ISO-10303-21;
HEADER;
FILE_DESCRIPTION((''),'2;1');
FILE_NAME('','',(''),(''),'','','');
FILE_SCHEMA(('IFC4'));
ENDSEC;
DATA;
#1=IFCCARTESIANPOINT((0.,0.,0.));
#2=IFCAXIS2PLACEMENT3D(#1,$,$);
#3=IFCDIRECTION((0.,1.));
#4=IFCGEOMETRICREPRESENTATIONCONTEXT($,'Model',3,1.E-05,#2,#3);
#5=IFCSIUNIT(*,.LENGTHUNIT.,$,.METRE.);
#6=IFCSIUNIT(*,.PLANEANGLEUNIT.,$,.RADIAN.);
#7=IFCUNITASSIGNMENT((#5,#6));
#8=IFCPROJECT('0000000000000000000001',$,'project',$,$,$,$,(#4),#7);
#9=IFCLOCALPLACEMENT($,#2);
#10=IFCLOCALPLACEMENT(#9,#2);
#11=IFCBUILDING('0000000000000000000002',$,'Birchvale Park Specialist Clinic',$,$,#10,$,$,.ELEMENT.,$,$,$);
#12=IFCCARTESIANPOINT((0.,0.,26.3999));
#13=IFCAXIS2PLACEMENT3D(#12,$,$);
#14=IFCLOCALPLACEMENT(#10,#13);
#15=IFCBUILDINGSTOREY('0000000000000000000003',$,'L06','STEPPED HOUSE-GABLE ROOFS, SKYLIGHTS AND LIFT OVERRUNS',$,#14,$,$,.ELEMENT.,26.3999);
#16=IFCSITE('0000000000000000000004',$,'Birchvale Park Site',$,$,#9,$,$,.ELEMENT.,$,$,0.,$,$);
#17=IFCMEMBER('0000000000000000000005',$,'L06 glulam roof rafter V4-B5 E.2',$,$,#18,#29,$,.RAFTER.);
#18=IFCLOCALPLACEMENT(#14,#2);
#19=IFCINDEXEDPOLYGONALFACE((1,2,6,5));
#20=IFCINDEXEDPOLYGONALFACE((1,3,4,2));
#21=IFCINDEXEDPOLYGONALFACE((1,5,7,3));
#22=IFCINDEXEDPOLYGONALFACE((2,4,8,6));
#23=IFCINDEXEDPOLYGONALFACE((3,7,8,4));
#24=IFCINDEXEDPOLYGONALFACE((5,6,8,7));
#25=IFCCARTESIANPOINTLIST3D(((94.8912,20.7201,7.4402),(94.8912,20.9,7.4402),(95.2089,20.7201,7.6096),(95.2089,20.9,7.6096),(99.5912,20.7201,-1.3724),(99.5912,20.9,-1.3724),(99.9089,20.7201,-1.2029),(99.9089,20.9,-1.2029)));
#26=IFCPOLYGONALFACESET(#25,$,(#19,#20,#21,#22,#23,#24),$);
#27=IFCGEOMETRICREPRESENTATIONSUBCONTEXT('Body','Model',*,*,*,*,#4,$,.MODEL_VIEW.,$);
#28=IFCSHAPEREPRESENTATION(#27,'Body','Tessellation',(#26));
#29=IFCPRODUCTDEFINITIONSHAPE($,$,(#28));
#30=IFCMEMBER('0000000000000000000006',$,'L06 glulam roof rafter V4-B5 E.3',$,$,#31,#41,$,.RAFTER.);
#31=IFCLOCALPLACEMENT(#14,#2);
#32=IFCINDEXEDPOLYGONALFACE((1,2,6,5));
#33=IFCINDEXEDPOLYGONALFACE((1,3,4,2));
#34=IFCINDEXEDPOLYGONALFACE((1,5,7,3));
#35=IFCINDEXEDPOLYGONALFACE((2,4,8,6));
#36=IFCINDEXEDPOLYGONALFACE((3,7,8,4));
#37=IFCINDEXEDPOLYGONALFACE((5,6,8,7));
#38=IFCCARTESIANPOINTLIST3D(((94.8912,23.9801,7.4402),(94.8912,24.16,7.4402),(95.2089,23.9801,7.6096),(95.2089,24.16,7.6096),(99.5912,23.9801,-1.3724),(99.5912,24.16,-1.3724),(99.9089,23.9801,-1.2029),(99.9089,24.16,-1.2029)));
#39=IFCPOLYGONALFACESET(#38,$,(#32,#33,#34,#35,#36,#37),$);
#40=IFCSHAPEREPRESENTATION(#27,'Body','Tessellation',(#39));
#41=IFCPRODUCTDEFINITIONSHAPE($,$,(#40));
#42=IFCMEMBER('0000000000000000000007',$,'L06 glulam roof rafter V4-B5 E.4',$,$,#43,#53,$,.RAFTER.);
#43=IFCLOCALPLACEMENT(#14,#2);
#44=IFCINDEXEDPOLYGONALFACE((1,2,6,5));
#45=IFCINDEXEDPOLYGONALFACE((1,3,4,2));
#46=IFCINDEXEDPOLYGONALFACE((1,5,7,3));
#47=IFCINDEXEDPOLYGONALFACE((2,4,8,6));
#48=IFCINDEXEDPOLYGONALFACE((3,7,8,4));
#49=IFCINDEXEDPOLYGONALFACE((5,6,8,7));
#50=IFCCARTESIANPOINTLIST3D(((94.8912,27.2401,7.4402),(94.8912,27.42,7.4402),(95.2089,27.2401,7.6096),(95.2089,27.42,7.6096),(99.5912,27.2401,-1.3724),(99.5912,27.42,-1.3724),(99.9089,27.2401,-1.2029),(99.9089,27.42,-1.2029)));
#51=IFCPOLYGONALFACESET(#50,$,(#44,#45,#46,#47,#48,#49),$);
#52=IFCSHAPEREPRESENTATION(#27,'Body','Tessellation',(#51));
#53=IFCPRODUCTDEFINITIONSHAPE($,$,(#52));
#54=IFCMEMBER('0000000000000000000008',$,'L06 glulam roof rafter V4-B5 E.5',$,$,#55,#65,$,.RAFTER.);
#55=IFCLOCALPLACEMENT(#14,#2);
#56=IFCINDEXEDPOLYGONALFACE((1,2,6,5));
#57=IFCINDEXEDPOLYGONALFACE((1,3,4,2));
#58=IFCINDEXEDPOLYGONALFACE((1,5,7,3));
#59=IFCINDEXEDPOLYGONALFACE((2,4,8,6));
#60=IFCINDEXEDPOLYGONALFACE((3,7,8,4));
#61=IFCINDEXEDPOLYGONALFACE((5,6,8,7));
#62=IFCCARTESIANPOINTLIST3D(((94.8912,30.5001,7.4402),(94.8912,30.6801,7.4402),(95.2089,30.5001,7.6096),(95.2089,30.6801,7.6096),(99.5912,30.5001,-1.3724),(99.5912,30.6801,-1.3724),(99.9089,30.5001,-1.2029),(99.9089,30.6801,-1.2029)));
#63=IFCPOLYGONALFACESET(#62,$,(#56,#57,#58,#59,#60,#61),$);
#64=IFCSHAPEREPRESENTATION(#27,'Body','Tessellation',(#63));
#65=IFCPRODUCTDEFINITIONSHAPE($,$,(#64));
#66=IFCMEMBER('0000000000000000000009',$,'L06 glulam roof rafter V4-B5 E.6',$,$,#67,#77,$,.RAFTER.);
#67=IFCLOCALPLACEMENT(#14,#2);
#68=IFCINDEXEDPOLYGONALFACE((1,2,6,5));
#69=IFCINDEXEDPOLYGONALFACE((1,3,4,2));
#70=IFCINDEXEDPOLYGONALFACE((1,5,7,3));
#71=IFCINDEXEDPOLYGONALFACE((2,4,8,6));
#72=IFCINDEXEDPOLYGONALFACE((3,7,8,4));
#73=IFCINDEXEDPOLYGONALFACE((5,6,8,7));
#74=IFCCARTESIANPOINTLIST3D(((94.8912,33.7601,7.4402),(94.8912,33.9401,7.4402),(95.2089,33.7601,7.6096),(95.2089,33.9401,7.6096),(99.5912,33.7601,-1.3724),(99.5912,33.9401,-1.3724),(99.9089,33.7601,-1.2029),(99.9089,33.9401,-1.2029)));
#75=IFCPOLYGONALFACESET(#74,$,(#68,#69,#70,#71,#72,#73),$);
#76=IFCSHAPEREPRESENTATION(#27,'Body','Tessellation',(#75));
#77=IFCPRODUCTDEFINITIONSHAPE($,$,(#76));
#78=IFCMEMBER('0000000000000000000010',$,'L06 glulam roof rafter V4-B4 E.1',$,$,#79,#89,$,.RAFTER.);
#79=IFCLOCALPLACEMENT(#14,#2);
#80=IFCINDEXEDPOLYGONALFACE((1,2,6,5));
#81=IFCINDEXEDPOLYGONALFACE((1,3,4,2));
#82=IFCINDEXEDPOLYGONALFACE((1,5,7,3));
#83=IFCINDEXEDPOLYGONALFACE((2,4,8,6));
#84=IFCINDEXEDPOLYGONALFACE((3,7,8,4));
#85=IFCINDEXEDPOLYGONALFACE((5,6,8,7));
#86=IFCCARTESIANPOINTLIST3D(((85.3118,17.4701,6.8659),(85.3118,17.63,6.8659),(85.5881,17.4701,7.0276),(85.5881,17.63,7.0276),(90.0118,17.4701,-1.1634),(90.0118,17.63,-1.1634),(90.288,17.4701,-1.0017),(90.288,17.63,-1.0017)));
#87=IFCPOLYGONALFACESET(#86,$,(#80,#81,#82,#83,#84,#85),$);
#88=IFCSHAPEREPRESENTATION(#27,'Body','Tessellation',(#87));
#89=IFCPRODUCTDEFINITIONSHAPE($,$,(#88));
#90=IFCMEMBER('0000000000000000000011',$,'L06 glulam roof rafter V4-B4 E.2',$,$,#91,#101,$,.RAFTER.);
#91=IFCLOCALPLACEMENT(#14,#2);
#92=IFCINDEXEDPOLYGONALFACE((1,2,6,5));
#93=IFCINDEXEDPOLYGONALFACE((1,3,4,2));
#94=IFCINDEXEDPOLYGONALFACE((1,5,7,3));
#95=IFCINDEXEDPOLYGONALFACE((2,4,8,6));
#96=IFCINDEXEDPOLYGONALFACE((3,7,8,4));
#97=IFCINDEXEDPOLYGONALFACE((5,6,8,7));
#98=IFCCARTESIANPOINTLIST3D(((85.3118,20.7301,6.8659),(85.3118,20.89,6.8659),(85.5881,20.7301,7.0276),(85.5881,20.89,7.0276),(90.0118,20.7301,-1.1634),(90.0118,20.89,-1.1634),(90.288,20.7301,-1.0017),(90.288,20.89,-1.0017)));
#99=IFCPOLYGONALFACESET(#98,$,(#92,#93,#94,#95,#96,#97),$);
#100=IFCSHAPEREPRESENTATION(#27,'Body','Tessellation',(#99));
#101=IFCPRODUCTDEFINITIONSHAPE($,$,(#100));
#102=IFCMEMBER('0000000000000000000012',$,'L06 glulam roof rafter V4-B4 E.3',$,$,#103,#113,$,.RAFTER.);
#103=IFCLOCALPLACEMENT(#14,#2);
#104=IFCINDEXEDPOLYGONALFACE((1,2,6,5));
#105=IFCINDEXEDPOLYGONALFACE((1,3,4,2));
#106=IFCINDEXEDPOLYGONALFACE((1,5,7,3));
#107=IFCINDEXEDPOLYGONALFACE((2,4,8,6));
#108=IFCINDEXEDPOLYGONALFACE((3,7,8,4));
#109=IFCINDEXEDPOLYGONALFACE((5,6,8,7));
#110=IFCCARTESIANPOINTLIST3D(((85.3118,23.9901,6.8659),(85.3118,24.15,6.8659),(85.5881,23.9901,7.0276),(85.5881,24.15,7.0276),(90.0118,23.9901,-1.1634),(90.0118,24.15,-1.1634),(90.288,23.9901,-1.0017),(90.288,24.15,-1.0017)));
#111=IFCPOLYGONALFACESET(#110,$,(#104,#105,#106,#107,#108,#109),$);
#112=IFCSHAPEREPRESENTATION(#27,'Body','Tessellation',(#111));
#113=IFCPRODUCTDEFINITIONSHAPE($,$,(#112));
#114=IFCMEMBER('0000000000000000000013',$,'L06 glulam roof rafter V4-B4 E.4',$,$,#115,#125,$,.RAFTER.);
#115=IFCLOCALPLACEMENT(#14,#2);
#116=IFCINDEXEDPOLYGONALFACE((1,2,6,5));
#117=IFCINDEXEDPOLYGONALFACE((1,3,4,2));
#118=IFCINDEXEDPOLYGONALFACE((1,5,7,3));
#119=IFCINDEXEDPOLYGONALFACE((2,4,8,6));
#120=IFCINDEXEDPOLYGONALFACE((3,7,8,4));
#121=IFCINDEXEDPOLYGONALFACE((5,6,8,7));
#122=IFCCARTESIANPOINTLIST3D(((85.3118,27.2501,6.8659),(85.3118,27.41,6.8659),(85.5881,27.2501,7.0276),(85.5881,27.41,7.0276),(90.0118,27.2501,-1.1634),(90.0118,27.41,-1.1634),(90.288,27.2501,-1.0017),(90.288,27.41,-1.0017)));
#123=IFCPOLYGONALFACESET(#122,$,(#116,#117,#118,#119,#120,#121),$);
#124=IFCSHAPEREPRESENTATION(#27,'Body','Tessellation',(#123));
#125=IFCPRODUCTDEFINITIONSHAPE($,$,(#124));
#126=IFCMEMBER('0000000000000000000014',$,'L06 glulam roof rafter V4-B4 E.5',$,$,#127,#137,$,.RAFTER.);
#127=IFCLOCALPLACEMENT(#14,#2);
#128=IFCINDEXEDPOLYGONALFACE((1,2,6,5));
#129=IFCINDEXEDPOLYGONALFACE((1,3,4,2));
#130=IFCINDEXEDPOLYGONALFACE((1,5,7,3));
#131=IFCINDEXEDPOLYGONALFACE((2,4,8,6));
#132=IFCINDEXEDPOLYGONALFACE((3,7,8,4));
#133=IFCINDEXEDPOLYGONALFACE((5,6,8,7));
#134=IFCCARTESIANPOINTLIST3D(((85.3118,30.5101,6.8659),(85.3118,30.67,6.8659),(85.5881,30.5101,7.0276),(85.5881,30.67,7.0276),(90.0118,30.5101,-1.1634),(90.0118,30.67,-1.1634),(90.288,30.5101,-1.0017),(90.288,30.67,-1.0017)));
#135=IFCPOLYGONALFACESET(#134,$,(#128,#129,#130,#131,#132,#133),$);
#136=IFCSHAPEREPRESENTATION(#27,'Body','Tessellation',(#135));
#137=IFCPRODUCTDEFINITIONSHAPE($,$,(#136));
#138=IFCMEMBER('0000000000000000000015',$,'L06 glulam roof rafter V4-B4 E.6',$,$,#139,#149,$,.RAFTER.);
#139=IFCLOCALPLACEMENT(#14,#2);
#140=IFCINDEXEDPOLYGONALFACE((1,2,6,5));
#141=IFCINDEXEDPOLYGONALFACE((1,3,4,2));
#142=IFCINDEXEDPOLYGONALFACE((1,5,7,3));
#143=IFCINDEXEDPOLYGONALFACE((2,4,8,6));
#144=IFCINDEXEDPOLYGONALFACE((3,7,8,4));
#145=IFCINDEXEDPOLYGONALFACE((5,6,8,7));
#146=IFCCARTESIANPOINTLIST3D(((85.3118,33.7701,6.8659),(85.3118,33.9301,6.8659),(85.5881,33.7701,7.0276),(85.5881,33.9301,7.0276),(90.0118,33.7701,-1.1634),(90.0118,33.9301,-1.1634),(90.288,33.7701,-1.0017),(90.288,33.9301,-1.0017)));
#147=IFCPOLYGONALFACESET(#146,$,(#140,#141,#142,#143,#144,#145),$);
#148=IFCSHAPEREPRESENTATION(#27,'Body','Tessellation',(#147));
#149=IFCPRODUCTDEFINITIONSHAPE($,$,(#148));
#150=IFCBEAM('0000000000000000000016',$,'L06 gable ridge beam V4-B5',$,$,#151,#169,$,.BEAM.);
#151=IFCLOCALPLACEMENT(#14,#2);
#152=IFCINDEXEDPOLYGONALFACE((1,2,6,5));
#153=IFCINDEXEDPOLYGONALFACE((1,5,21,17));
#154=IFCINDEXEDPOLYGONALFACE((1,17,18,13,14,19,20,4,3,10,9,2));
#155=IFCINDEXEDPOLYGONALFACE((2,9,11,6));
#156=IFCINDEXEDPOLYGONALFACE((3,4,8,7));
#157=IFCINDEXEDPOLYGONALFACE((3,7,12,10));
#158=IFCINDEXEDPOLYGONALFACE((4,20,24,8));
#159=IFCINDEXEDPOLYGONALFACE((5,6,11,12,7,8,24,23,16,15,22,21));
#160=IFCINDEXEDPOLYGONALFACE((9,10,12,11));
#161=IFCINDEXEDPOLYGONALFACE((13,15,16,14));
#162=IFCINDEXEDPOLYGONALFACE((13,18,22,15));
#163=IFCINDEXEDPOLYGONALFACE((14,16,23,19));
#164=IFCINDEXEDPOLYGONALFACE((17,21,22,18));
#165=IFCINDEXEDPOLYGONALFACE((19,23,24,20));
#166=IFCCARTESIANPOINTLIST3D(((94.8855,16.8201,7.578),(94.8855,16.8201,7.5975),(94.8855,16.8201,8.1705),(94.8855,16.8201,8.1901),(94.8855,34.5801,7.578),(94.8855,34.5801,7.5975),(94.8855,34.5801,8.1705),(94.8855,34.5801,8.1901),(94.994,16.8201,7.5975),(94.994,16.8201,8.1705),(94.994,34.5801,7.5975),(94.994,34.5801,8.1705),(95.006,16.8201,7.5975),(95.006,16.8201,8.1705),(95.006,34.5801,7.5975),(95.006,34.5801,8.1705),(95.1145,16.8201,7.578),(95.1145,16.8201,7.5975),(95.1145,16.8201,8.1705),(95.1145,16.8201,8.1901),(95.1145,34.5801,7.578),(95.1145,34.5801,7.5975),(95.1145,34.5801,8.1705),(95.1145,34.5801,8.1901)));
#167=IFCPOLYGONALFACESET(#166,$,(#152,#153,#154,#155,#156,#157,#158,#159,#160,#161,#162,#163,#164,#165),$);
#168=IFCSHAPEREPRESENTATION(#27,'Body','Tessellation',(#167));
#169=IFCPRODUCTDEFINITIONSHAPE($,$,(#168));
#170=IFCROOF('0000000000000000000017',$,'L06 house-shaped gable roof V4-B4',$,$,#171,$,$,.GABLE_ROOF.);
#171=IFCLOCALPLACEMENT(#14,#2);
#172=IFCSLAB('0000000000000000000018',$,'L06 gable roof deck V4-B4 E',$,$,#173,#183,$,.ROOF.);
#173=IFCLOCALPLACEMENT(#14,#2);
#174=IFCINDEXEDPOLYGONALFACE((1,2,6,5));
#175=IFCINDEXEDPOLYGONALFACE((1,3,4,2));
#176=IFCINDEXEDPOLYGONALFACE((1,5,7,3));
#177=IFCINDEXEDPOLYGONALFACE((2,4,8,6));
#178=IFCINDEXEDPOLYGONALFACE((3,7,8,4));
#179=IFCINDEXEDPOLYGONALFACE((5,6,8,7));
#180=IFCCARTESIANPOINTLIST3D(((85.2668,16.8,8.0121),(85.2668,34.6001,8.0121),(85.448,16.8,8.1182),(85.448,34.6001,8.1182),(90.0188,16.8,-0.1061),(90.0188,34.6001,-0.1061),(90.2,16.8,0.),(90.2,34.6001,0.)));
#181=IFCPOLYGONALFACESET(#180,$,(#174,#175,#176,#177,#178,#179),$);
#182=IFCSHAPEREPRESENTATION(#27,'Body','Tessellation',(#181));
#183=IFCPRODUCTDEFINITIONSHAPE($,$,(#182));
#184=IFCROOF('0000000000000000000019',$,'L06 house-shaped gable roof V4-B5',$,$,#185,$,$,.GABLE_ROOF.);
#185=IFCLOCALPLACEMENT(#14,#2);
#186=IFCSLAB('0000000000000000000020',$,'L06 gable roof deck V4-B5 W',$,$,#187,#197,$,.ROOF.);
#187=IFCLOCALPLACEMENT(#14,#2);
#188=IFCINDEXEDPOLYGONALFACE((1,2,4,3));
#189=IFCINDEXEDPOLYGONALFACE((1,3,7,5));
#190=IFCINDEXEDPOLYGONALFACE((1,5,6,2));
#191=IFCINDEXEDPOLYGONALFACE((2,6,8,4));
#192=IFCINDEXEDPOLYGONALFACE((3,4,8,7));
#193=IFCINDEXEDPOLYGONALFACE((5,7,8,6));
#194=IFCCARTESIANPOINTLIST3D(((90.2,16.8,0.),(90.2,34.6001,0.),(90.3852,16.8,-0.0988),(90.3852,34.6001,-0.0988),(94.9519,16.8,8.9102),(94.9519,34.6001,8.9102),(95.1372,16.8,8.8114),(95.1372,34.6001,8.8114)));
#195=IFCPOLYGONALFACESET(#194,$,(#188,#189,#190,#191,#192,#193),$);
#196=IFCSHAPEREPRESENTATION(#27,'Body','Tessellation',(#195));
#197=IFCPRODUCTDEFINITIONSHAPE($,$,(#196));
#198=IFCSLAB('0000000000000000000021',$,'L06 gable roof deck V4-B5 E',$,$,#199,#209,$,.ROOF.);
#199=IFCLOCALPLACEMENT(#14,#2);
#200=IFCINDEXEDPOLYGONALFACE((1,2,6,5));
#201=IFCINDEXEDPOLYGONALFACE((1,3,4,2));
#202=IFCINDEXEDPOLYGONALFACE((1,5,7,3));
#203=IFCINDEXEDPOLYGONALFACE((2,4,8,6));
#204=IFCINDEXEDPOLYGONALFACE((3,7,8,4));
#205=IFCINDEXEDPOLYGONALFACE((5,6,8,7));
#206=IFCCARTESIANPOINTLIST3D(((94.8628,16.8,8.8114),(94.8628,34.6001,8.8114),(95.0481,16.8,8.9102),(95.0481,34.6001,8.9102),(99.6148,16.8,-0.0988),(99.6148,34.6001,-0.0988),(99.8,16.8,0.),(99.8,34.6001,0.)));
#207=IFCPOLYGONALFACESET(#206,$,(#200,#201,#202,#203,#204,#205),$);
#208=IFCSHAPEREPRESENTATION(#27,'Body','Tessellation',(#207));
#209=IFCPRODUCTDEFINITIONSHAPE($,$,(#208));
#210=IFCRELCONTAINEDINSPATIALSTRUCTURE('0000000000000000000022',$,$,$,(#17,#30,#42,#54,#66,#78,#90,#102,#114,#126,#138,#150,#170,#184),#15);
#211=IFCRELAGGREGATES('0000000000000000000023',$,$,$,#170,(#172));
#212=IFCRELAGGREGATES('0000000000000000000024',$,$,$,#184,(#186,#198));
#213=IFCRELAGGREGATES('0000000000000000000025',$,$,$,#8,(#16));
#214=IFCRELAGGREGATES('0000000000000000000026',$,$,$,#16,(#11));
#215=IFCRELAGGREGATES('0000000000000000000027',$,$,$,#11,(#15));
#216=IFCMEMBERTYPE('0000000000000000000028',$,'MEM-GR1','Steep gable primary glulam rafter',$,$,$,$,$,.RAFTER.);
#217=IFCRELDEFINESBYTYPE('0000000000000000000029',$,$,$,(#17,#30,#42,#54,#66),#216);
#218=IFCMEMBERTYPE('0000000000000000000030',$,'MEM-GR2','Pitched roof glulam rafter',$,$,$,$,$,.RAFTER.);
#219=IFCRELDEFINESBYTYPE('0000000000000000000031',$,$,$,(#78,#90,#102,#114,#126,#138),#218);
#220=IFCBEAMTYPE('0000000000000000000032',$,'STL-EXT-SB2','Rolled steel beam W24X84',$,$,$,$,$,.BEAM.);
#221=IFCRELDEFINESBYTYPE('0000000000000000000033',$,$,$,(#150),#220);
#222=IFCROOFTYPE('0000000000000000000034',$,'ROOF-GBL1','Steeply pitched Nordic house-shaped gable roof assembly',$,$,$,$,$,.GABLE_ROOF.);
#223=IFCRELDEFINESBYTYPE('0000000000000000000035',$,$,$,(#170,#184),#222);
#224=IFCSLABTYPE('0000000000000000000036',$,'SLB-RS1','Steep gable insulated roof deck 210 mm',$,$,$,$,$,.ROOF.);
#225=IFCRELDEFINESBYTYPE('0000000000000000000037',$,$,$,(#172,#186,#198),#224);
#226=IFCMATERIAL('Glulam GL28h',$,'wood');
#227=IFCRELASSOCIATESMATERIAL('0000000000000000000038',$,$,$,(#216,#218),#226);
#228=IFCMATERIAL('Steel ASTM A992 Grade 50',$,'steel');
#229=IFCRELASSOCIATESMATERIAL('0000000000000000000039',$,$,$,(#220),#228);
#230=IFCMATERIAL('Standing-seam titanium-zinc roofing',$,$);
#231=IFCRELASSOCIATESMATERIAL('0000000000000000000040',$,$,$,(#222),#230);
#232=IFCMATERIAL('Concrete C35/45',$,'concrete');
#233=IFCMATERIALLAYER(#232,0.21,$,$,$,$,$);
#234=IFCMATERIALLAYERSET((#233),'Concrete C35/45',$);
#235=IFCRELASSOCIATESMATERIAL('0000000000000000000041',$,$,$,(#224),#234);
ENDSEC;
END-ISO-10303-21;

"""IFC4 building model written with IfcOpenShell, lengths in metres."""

from ifc_helpers import new_model, si_unit, direction, frame, origin, origin_2d, place, context, subcontext, project, spatial, polyline, rectangle, i_section, outline, extrude, material, layer, layer_set, material_profile, profile_set, type_object, element, aggregate, save


model = new_model("IFC4")

# Units and contexts
model_context = context("Model", 3, precision=1e-05, world=origin(), true_north=direction((0.0, 1.0)))
body_context = subcontext(model_context, "Body", "Model", "MODEL_VIEW")
ifc_project = project(units=[si_unit("LENGTHUNIT", "METRE"), si_unit("PLANEANGLEUNIT", "RADIAN")], contexts=[model_context])

# Site, building, storey
site_placement = place(None, origin())
site = spatial("IfcSite", under=ifc_project, at=site_placement, Name="Birchvale Park Site", CompositionType="ELEMENT", RefElevation=0.0)
building_placement = place(site_placement, origin())
building = spatial("IfcBuilding", under=site, at=building_placement, Name="Birchvale Park Specialist Clinic", CompositionType="ELEMENT")
storey_placement = place(building_placement, frame((0.0, 0.0, 26.3999)))
storey = spatial("IfcBuildingStorey", under=building, at=storey_placement, Name="L06", Description="STEPPED HOUSE-GABLE ROOFS, SKYLIGHTS AND LIFT OVERRUNS", CompositionType="ELEMENT", Elevation=26.3999)

# Members
ifc_material_1 = material(Name="Glulam GL28h", Category="wood")
ifc_material_profile_1 = material_profile(ifc_material_1, rectangle(XDim=0.1799, YDim=0.3601, at=origin_2d()), Name="GL-180x360")
ifc_profile_set_1 = profile_set([ifc_material_profile_1], Name="Glulam GL28h")
member_type_1 = type_object("IfcMemberType", Name="MEM-GR1", Description="Steep gable primary glulam rafter", PredefinedType="RAFTER", material=ifc_profile_set_1)
for number, where, z_axis, x_axis, name in (
    (1, (95.05, 20.8101, 7.5249), (0.470584, 0.0, -0.882355), (0.0, 1.0, 0.0), "L06 glulam roof rafter V4-B5 E.2"),
    (2, (95.05, 24.0701, 7.5249), (0.470584, 0.0, -0.882355), (0.0, 1.0, 0.0), "L06 glulam roof rafter V4-B5 E.3"),
    (3, (95.05, 27.3301, 7.5249), (0.470584, 0.0, -0.882355), (0.0, 1.0, 0.0), "L06 glulam roof rafter V4-B5 E.4"),
    (4, (95.05, 30.5901, 7.5249), (0.470584, 0.0, -0.882355), (0.0, 1.0, 0.0), "L06 glulam roof rafter V4-B5 E.5"),
    (5, (95.05, 33.8501, 7.5249), (0.470584, 0.0, -0.882355), (0.0, 1.0, 0.0), "L06 glulam roof rafter V4-B5 E.6"),
):
    element("IfcMember", number, at=place(storey_placement, frame(where, z_axis=z_axis, x_axis=x_axis)), inside=storey, type_object=member_type_1, Name=name, PredefinedType="RAFTER", context=body_context, shape_type="SweptSolid", body=[
        extrude(rectangle(XDim=0.1799, YDim=0.3601, at=origin_2d()), origin(), (0.0, 0.0, 1.0), 9.9875),
    ])
ifc_material_profile_2 = material_profile(ifc_material_1, rectangle(XDim=0.1599, YDim=0.3201, at=origin_2d()), Name="GL-160x320")
ifc_profile_set_2 = profile_set([ifc_material_profile_2], Name="Glulam GL28h")
member_type_2 = type_object("IfcMemberType", Name="MEM-GR2", Description="Pitched roof glulam rafter", PredefinedType="RAFTER", material=ifc_profile_set_2)
for number, where, z_axis, x_axis, name in (
    (6, (85.45, 17.55, 6.9468), (0.505169, 0.0, -0.86302), (0.0, 1.0, 0.0), "L06 glulam roof rafter V4-B4 E.1"),
    (7, (85.45, 20.8101, 6.9468), (0.505169, 0.0, -0.86302), (0.0, 1.0, 0.0), "L06 glulam roof rafter V4-B4 E.2"),
    (8, (85.45, 24.0701, 6.9468), (0.505169, 0.0, -0.86302), (0.0, 1.0, 0.0), "L06 glulam roof rafter V4-B4 E.3"),
    (9, (85.45, 27.3301, 6.9468), (0.505169, 0.0, -0.86302), (0.0, 1.0, 0.0), "L06 glulam roof rafter V4-B4 E.4"),
    (10, (85.45, 30.5901, 6.9468), (0.505169, 0.0, -0.86302), (0.0, 1.0, 0.0), "L06 glulam roof rafter V4-B4 E.5"),
    (11, (85.45, 33.8501, 6.9468), (0.505169, 0.0, -0.86302), (0.0, 1.0, 0.0), "L06 glulam roof rafter V4-B4 E.6"),
):
    element("IfcMember", number, at=place(storey_placement, frame(where, z_axis=z_axis, x_axis=x_axis)), inside=storey, type_object=member_type_2, Name=name, PredefinedType="RAFTER", context=body_context, shape_type="SweptSolid", body=[
        extrude(rectangle(XDim=0.1599, YDim=0.3201, at=origin_2d()), origin(), (0.0, 0.0, 1.0), 9.3037),
    ])

# Beam
ifc_material_2 = material(Name="Steel ASTM A992 Grade 50", Category="steel")
ifc_material_profile_3 = material_profile(ifc_material_2, i_section(OverallWidth=0.229, OverallDepth=0.6121, WebThickness=0.012, FlangeThickness=0.0195, at=origin_2d()), Name="W24X84")
ifc_profile_set_3 = profile_set([ifc_material_profile_3], Name="Steel ASTM A992 Grade 50")
beam_type_1 = type_object("IfcBeamType", Name="STL-EXT-SB2", Description="Rolled steel beam W24X84", PredefinedType="BEAM", material=ifc_profile_set_3)
beam_1_placement = place(storey_placement, frame((95.0, 16.8201, 7.884), z_axis=(0.0, 1.0, 0.0), x_axis=(-1.0, 0.0, 0.0)))
element("IfcBeam", 12, at=beam_1_placement, inside=storey, type_object=beam_type_1, Name="L06 gable ridge beam V4-B5", PredefinedType="BEAM", context=body_context, shape_type="SweptSolid", body=[
    extrude(i_section(OverallWidth=0.229, OverallDepth=0.6121, WebThickness=0.012, FlangeThickness=0.0195, at=origin_2d()), origin(), (0.0, 0.0, 1.0), 17.76),
])

# Roof, slab
ifc_material_3 = material(Name="Standing-seam titanium-zinc roofing")
roof_type = type_object("IfcRoofType", Name="ROOF-GBL1", Description="Steeply pitched Nordic house-shaped gable roof assembly", PredefinedType="GABLE_ROOF", material=ifc_material_3)
roof_1_placement = place(storey_placement, origin())
roof_1 = element("IfcRoof", 13, at=roof_1_placement, inside=storey, type_object=roof_type, Name="L06 house-shaped gable roof V4-B4", PredefinedType="GABLE_ROOF")
ifc_material_4 = material(Name="Concrete C35/45", Category="concrete")
ifc_layer_1 = layer(ifc_material_4, 0.21)
ifc_layer_set_1 = layer_set([ifc_layer_1], Name="Concrete C35/45")
slab_type = type_object("IfcSlabType", Name="SLB-RS1", Description="Steep gable insulated roof deck 210 mm", PredefinedType="ROOF", material=ifc_layer_set_1)
slab_1_placement = place(storey_placement, frame((85.448, 16.8, 8.1182), z_axis=(0.863021, 0.0, 0.505168), x_axis=(0.505168, 0.0, -0.863021)))
slab_1 = element("IfcSlab", 14, at=slab_1_placement, type_object=slab_type, Name="L06 gable roof deck V4-B4 E", PredefinedType="ROOF", context=body_context, shape_type="SweptSolid", body=[
    extrude(outline(polyline([(0.0, 0.0), (9.4067, 0.0), (9.4067, 17.8), (0.0, 17.8), (0.0, 0.0)])), origin(), (0.0, 0.0, -1.0), 0.21),
])
aggregate(roof_1, [slab_1])

# Roof, slabs
roof_2_placement = place(storey_placement, origin())
roof_2 = element("IfcRoof", 15, at=roof_2_placement, inside=storey, type_object=roof_type, Name="L06 house-shaped gable roof V4-B5", PredefinedType="GABLE_ROOF")
slab_2_placement = place(storey_placement, frame((90.2, 16.8, 0.0), z_axis=(-0.882358, 0.0, 0.470578), x_axis=(0.470578, 0.0, 0.882358)))
slab_2 = element("IfcSlab", 16, at=slab_2_placement, type_object=slab_type, Name="L06 gable roof deck V4-B5 W", PredefinedType="ROOF", context=body_context, shape_type="SweptSolid", body=[
    extrude(outline(polyline([(0.0, 0.0), (10.0981, 0.0), (10.0981, 17.8), (0.0, 17.8), (0.0, 0.0)])), origin(), (0.0, 0.0, -1.0), 0.21),
])
slab_3_placement = place(storey_placement, frame((95.0481, 16.8, 8.9102), z_axis=(0.882358, 0.0, 0.470578), x_axis=(0.470578, 0.0, -0.882358)))
slab_3 = element("IfcSlab", 17, at=slab_3_placement, type_object=slab_type, Name="L06 gable roof deck V4-B5 E", PredefinedType="ROOF", context=body_context, shape_type="SweptSolid", body=[
    extrude(outline(polyline([(0.0, 0.0), (10.0981, 0.0), (10.0981, 17.8), (0.0, 17.8), (0.0, 0.0)])), origin(), (0.0, 0.0, -1.0), 0.21),
])
aggregate(roof_2, [slab_2, slab_3])

save(model, "model.ifc")
